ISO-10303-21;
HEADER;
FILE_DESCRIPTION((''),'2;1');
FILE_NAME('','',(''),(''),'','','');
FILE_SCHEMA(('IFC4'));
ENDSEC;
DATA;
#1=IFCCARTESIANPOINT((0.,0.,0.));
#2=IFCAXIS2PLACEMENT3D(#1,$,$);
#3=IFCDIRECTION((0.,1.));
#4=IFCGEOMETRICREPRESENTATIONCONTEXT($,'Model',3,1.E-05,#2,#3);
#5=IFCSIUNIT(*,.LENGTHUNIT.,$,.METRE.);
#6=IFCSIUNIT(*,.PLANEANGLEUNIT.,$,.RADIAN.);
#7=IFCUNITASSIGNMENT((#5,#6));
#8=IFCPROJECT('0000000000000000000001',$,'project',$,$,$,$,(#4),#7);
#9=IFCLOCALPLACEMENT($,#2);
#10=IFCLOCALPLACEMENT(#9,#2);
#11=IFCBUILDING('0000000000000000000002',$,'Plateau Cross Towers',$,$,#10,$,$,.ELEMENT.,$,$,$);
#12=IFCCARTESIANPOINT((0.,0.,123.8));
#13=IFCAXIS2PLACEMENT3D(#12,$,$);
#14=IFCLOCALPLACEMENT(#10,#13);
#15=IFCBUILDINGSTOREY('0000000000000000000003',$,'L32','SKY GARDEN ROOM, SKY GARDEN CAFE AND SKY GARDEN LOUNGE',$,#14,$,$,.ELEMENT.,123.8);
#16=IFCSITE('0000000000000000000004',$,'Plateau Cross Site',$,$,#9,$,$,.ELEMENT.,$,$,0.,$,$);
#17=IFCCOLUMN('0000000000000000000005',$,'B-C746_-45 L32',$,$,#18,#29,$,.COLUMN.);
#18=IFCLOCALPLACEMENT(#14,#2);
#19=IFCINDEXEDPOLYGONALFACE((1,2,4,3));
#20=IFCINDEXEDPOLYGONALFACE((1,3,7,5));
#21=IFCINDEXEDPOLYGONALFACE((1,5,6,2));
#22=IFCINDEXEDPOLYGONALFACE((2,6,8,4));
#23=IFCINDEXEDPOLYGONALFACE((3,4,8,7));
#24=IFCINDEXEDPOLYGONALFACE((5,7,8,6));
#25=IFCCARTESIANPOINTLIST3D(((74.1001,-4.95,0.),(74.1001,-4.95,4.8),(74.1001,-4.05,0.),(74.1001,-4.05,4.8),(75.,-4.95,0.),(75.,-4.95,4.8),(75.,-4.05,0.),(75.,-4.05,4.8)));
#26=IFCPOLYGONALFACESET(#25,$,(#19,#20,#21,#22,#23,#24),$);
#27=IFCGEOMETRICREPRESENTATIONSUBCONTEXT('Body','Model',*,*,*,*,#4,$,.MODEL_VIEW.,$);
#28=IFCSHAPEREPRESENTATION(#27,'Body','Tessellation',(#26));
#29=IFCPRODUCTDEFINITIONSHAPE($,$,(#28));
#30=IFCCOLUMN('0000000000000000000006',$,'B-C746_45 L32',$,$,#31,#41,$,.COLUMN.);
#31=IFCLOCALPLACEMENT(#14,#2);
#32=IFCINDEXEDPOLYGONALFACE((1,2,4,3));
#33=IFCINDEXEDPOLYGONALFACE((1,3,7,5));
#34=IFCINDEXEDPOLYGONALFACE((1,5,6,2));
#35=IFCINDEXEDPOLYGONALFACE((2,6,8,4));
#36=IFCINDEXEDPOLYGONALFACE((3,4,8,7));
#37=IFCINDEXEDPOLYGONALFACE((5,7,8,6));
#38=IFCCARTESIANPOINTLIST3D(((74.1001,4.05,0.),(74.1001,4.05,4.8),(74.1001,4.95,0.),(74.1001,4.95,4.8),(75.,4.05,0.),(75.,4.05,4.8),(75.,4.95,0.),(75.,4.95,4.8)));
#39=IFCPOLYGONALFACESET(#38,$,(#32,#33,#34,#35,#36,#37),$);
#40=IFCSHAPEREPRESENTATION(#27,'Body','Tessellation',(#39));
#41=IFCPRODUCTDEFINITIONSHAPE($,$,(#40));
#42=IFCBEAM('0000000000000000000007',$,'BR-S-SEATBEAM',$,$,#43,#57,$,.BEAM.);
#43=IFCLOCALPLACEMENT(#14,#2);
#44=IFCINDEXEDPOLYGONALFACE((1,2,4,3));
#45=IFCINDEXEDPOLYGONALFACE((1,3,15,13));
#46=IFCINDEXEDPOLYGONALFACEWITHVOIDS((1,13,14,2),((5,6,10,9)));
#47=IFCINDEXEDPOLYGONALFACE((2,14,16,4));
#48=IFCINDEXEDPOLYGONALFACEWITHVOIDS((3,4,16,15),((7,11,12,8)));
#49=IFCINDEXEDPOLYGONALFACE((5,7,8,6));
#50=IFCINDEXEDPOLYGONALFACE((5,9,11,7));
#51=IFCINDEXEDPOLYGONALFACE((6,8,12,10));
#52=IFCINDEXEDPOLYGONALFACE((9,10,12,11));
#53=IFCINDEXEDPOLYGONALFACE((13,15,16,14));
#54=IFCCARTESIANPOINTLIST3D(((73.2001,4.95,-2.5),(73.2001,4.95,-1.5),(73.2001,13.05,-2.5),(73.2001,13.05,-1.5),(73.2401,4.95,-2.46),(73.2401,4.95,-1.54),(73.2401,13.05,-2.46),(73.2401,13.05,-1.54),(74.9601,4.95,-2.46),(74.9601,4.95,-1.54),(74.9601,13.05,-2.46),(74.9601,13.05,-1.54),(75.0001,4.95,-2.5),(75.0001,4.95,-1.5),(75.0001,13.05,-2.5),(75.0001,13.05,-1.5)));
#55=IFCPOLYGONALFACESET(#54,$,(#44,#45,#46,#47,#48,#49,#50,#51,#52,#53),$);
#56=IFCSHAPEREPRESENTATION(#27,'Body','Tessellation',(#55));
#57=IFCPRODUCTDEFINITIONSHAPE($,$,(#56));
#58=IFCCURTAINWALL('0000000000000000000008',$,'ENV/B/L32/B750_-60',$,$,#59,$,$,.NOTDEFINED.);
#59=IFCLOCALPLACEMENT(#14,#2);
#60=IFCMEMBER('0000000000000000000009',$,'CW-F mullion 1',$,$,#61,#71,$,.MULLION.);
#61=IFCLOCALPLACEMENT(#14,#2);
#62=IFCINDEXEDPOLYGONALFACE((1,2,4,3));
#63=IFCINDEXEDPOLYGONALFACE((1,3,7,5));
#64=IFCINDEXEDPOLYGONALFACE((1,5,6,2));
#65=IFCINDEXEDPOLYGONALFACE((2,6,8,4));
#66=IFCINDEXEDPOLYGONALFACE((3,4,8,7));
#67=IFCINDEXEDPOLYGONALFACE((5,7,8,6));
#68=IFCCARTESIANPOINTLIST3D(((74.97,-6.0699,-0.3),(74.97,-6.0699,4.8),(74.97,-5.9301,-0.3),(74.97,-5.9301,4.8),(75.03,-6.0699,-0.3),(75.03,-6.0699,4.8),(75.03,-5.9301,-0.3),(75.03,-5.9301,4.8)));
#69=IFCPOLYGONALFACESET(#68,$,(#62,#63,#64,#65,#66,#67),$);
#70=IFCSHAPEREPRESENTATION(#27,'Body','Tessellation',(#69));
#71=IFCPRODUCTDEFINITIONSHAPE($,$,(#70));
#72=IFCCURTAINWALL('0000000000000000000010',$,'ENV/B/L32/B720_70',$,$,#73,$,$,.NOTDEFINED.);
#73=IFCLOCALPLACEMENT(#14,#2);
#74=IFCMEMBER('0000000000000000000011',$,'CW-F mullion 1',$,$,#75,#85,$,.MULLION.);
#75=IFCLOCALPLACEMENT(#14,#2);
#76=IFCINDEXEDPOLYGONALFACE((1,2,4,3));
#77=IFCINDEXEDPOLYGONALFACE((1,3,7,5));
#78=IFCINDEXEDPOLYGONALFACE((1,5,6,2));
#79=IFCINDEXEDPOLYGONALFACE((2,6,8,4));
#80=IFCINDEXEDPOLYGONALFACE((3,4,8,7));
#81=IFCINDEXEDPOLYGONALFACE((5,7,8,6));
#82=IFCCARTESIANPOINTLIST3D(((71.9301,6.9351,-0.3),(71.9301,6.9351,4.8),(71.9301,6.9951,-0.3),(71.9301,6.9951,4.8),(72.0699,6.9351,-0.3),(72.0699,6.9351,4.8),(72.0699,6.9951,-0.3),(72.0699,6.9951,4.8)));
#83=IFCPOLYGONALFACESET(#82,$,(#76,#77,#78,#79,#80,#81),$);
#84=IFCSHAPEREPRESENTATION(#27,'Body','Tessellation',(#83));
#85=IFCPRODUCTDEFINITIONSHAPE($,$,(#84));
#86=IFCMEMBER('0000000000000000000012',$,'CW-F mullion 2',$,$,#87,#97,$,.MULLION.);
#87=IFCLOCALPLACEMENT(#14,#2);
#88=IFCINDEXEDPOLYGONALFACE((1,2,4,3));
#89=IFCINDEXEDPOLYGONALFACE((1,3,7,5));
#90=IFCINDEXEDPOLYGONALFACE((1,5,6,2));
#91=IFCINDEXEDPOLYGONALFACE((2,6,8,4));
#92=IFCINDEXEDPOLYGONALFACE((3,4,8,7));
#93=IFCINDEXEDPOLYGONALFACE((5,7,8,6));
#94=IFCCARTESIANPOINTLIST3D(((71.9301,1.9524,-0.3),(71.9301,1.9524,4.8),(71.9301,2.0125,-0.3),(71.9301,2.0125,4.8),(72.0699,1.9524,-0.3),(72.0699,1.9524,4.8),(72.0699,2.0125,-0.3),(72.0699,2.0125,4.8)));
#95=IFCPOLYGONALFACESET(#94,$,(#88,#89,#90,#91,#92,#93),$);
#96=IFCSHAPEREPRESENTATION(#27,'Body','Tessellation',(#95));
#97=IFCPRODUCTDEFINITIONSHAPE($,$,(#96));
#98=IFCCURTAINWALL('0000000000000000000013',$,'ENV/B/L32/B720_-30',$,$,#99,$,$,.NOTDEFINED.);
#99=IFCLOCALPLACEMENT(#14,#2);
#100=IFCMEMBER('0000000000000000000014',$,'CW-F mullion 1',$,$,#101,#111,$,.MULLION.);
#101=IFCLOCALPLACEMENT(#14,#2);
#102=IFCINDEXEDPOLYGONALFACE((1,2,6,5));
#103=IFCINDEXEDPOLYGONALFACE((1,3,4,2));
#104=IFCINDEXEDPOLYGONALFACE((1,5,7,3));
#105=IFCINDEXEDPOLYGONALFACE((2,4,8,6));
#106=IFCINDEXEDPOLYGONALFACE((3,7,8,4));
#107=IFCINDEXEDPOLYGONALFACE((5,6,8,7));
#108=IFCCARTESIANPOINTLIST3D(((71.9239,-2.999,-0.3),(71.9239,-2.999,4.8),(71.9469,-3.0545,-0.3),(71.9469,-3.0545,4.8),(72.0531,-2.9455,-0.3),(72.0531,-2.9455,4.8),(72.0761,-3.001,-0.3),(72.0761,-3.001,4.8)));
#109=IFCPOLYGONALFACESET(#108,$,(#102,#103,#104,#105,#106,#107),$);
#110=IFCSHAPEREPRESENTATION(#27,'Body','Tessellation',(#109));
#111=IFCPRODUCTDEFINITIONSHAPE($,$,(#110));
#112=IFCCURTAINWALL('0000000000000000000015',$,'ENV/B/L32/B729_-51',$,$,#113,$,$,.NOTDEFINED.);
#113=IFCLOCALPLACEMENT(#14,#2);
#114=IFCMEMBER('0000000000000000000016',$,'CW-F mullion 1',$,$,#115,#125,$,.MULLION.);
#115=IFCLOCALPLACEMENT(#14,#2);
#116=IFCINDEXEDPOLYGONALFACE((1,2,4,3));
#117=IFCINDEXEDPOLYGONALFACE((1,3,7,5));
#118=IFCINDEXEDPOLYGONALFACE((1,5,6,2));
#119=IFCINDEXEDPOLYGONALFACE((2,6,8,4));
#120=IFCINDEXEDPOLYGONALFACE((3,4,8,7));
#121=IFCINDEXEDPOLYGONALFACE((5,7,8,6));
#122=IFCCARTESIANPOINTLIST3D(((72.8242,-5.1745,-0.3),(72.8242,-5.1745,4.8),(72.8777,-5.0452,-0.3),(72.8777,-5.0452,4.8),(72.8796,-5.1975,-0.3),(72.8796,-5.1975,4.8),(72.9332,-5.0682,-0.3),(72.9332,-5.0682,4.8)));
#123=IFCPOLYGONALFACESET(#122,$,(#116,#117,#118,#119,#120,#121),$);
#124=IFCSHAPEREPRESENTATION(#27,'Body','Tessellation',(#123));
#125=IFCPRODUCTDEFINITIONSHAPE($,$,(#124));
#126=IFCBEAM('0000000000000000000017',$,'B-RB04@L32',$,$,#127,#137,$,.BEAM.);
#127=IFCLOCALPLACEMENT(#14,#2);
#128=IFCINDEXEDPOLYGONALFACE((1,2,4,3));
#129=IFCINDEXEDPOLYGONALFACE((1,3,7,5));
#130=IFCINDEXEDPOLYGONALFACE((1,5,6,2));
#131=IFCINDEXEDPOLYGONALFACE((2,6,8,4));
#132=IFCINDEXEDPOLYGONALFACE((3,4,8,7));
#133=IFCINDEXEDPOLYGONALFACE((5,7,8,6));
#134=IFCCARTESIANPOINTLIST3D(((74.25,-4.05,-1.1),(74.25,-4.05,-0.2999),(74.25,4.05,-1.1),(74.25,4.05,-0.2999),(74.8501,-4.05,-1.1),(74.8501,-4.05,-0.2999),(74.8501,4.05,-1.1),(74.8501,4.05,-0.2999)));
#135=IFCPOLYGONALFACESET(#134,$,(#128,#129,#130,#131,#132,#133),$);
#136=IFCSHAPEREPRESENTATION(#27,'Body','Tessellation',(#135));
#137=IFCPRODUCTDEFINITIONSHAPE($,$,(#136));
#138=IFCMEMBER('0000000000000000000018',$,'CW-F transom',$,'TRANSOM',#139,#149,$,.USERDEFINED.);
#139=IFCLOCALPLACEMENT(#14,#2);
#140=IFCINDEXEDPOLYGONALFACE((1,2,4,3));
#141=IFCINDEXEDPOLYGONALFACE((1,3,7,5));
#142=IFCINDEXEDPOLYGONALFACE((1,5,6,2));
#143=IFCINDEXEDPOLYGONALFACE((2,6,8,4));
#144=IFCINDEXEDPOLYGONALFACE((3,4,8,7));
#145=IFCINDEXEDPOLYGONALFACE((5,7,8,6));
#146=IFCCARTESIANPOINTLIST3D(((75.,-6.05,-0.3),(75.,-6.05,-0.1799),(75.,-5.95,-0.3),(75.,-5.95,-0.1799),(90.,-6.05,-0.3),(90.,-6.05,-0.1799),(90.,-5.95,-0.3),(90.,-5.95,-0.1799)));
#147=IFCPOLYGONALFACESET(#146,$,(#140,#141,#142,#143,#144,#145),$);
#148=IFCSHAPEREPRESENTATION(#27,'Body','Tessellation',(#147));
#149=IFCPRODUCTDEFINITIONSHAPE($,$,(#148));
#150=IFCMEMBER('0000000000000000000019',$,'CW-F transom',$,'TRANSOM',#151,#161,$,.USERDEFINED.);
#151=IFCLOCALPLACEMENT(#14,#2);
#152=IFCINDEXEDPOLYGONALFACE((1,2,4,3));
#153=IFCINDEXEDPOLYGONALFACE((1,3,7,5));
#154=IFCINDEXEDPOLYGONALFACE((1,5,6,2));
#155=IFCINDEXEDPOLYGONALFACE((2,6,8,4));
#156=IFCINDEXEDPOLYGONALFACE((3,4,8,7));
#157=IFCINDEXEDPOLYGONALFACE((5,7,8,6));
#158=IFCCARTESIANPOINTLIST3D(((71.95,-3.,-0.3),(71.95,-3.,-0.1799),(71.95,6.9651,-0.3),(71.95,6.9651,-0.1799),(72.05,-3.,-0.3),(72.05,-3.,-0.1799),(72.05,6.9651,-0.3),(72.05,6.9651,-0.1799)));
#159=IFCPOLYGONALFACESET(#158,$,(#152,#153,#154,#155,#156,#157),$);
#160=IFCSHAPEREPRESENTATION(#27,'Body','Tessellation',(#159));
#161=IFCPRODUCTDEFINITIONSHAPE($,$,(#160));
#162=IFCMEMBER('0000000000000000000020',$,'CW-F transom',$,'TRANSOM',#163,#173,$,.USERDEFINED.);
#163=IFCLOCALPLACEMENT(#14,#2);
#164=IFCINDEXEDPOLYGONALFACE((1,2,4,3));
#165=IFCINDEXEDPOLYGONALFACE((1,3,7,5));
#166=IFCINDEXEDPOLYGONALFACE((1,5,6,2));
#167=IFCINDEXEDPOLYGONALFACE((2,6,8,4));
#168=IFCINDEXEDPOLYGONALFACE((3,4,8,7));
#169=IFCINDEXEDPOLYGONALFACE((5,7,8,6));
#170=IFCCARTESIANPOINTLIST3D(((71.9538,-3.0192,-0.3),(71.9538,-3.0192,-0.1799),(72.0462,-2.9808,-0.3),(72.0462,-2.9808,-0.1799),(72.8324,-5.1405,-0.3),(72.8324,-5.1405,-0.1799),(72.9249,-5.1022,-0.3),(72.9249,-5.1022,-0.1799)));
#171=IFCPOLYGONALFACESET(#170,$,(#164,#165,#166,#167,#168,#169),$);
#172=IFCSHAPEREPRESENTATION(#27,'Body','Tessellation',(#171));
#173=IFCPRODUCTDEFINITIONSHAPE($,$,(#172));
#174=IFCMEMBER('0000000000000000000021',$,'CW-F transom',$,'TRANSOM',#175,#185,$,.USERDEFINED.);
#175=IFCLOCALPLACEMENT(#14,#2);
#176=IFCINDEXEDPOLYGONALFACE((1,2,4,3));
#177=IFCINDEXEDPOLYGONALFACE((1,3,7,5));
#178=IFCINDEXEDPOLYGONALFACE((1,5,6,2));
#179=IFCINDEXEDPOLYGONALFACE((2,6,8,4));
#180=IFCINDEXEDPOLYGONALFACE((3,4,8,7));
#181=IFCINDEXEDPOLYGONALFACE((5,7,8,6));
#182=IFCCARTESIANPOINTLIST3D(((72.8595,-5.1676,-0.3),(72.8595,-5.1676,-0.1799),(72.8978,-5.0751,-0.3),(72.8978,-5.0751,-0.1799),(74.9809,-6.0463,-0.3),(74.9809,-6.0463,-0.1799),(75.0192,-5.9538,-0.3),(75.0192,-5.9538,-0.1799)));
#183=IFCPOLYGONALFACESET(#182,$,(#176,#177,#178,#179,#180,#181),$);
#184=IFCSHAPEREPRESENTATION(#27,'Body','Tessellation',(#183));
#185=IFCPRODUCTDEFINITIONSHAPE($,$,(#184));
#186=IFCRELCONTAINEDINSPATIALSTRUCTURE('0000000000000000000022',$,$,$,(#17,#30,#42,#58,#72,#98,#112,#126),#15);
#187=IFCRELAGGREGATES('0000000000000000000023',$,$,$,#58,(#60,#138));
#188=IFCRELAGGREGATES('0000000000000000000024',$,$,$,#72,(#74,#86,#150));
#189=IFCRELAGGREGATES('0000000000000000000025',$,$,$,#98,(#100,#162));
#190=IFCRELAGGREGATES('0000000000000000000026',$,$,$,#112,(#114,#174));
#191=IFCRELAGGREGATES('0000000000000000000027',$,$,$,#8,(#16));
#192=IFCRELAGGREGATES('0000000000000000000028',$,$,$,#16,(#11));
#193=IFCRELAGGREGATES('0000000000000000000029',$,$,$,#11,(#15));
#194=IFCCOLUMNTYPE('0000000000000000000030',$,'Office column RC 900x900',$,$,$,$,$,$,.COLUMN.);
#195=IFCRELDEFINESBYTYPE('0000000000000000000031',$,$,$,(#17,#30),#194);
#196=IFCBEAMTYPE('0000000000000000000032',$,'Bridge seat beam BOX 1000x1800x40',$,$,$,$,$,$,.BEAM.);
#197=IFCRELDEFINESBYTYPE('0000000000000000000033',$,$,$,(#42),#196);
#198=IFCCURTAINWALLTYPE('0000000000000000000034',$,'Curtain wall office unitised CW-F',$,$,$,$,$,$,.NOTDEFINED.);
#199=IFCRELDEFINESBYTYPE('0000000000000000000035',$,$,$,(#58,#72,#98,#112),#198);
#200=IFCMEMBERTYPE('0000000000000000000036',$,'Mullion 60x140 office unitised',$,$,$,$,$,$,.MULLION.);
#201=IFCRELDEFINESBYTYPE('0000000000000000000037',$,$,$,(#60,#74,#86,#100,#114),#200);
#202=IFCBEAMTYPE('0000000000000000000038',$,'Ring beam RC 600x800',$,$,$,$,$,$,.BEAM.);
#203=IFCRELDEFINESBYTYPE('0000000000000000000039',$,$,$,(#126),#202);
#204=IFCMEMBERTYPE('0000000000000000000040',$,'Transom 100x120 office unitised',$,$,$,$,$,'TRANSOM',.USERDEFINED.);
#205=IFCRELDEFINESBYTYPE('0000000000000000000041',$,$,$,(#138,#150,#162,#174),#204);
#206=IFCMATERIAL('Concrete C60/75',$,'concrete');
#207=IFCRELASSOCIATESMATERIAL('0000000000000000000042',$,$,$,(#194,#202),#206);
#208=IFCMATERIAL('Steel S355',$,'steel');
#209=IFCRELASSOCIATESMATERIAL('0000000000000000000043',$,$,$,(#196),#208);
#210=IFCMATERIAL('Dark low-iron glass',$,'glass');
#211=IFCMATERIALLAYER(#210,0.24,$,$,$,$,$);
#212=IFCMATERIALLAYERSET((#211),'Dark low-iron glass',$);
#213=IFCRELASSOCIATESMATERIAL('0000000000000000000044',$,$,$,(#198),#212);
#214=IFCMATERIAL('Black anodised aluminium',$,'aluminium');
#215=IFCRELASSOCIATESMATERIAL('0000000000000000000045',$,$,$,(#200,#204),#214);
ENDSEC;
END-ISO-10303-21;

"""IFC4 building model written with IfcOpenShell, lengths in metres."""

from ifc_helpers import new_model, si_unit, direction, frame, origin, origin_2d, place, context, subcontext, project, spatial, rectangle, hollow_rectangle, extrude, material, layer, layer_set, material_profile, profile_set, type_object, element, aggregate, save


model = new_model("IFC4")

# Units and contexts
model_context = context("Model", 3, precision=1e-05, world=origin(), true_north=direction((0.0, 1.0)))
body_context = subcontext(model_context, "Body", "Model", "MODEL_VIEW")
ifc_project = project(units=[si_unit("LENGTHUNIT", "METRE"), si_unit("PLANEANGLEUNIT", "RADIAN")], contexts=[model_context])

# Site, building, storey
site_placement = place(None, origin())
site = spatial("IfcSite", under=ifc_project, at=site_placement, Name="Plateau Cross Site", CompositionType="ELEMENT", RefElevation=0.0)
building_placement = place(site_placement, origin())
building = spatial("IfcBuilding", under=site, at=building_placement, Name="Plateau Cross Towers", CompositionType="ELEMENT")
storey_placement = place(building_placement, frame((0.0, 0.0, 123.8)))
storey = spatial("IfcBuildingStorey", under=building, at=storey_placement, Name="L32", Description="SKY GARDEN ROOM, SKY GARDEN CAFE AND SKY GARDEN LOUNGE", CompositionType="ELEMENT", Elevation=123.8)

# Columns
ifc_material_1 = material(Name="Concrete C60/75", Category="concrete")
ifc_material_profile_1 = material_profile(ifc_material_1, rectangle(XDim=0.8999, YDim=0.8999, at=origin_2d()), Name="RC 900x900")
ifc_profile_set_1 = profile_set([ifc_material_profile_1], Name="Concrete C60/75")
column_type = type_object("IfcColumnType", Name="Office column RC 900x900", PredefinedType="COLUMN", material=ifc_profile_set_1)
for number, where, z_axis, x_axis, name in (
    (1, (74.55, -4.5, 0.0), (0.0, 0.0, 1.0), (1.0, 0.0, 0.0), "B-C746_-45 L32"),
    (2, (74.55, 4.5, 0.0), (0.0, 0.0, 1.0), (1.0, 0.0, 0.0), "B-C746_45 L32"),
):
    element("IfcColumn", number, at=place(storey_placement, frame(where, z_axis=z_axis, x_axis=x_axis)), inside=storey, type_object=column_type, Name=name, PredefinedType="COLUMN", context=body_context, shape_type="SweptSolid", body=[
        extrude(rectangle(XDim=0.8999, YDim=0.8999, at=origin_2d()), origin(), (0.0, 0.0, 1.0), 4.8),
    ])

# Beam
ifc_material_2 = material(Name="Steel S355", Category="steel")
ifc_material_profile_2 = material_profile(ifc_material_2, hollow_rectangle(XDim=1.8, YDim=1.0, WallThickness=0.04, at=origin_2d()), Name="BOX 1000x1800x40")
ifc_profile_set_2 = profile_set([ifc_material_profile_2], Name="Steel S355")
beam_type_1 = type_object("IfcBeamType", Name="Bridge seat beam BOX 1000x1800x40", PredefinedType="BEAM", material=ifc_profile_set_2)
beam_1_placement = place(storey_placement, frame((74.1001, 4.95, -2.0), z_axis=(0.0, 1.0, 0.0), x_axis=(-1.0, 0.0, 0.0)))
element("IfcBeam", 3, at=beam_1_placement, inside=storey, type_object=beam_type_1, Name="BR-S-SEATBEAM", PredefinedType="BEAM", context=body_context, shape_type="SweptSolid", body=[
    extrude(hollow_rectangle(XDim=1.8, YDim=1.0, WallThickness=0.04, at=origin_2d()), origin(), (0.0, 0.0, 1.0), 8.1001),
])

# Curtain wall, member
ifc_material_3 = material(Name="Dark low-iron glass", Category="glass")
ifc_layer_1 = layer(ifc_material_3, 0.24)
ifc_layer_set_1 = layer_set([ifc_layer_1], Name="Dark low-iron glass")
curtain_wall_type = type_object("IfcCurtainWallType", Name="Curtain wall office unitised CW-F", PredefinedType="NOTDEFINED", material=ifc_layer_set_1)
curtain_wall_1_placement = place(storey_placement, origin())
curtain_wall_1 = element("IfcCurtainWall", 4, at=curtain_wall_1_placement, inside=storey, type_object=curtain_wall_type, Name="ENV/B/L32/B750_-60", PredefinedType="NOTDEFINED")
ifc_material_4 = material(Name="Black anodised aluminium", Category="aluminium")
ifc_material_profile_3 = material_profile(ifc_material_4, rectangle(XDim=0.0601, YDim=0.1399, at=origin_2d()), Name="MULLION 60x140")
ifc_profile_set_3 = profile_set([ifc_material_profile_3], Name="Black anodised aluminium")
member_type_1 = type_object("IfcMemberType", Name="Mullion 60x140 office unitised", PredefinedType="MULLION", material=ifc_profile_set_3)
member_1_placement = place(storey_placement, frame((75.0, -6.0, -0.3), z_axis=(0.0, 0.0, 1.0), x_axis=(1.0, 0.0, 0.0)))
member_1 = element("IfcMember", 5, at=member_1_placement, type_object=member_type_1, Name="CW-F mullion 1", PredefinedType="MULLION", context=body_context, shape_type="SweptSolid", body=[
    extrude(rectangle(XDim=0.0601, YDim=0.1399, at=origin_2d()), origin(), (0.0, 0.0, 1.0), 5.1001),
])

# Curtain wall, members
curtain_wall_2_placement = place(storey_placement, origin())
curtain_wall_2 = element("IfcCurtainWall", 6, at=curtain_wall_2_placement, inside=storey, type_object=curtain_wall_type, Name="ENV/B/L32/B720_70", PredefinedType="NOTDEFINED")
member_2_placement = place(storey_placement, frame((72.0, 6.9651, -0.3), z_axis=(0.0, 0.0, 1.0), x_axis=(0.0, -1.0, 0.0)))
member_2 = element("IfcMember", 7, at=member_2_placement, type_object=member_type_1, Name="CW-F mullion 1", PredefinedType="MULLION", context=body_context, shape_type="SweptSolid", body=[
    extrude(rectangle(XDim=0.0601, YDim=0.1399, at=origin_2d()), origin(), (0.0, 0.0, 1.0), 5.1001),
])
member_3_placement = place(storey_placement, frame((72.0, 1.9824, -0.3), z_axis=(0.0, 0.0, 1.0), x_axis=(0.0, -1.0, 0.0)))
member_3 = element("IfcMember", 8, at=member_3_placement, type_object=member_type_1, Name="CW-F mullion 2", PredefinedType="MULLION", context=body_context, shape_type="SweptSolid", body=[
    extrude(rectangle(XDim=0.0601, YDim=0.1399, at=origin_2d()), origin(), (0.0, 0.0, 1.0), 5.1001),
])

# Curtain walls, members
curtain_wall_3_placement = place(storey_placement, origin())
curtain_wall_3 = element("IfcCurtainWall", 9, at=curtain_wall_3_placement, inside=storey, type_object=curtain_wall_type, Name="ENV/B/L32/B720_-30", PredefinedType="NOTDEFINED")
member_4_placement = place(storey_placement, frame((72.0, -3.0, -0.3), z_axis=(0.0, 0.0, 1.0), x_axis=(0.382684, -0.923879, 0.0)))
member_4 = element("IfcMember", 10, at=member_4_placement, type_object=member_type_1, Name="CW-F mullion 1", PredefinedType="MULLION", context=body_context, shape_type="SweptSolid", body=[
    extrude(rectangle(XDim=0.0601, YDim=0.1399, at=origin_2d()), origin(), (0.0, 0.0, 1.0), 5.1001),
])
curtain_wall_4_placement = place(storey_placement, origin())
curtain_wall_4 = element("IfcCurtainWall", 11, at=curtain_wall_4_placement, inside=storey, type_object=curtain_wall_type, Name="ENV/B/L32/B729_-51", PredefinedType="NOTDEFINED")
member_5_placement = place(storey_placement, frame((72.8787, -5.1213, -0.3), z_axis=(0.0, 0.0, 1.0), x_axis=(0.923879, -0.382684, 0.0)))
member_5 = element("IfcMember", 12, at=member_5_placement, type_object=member_type_1, Name="CW-F mullion 1", PredefinedType="MULLION", context=body_context, shape_type="SweptSolid", body=[
    extrude(rectangle(XDim=0.0601, YDim=0.1399, at=origin_2d()), origin(), (0.0, 0.0, 1.0), 5.1001),
])

# Beam
ifc_material_profile_4 = material_profile(ifc_material_1, rectangle(XDim=0.6001, YDim=0.8, at=origin_2d()), Name="RC 600x800")
ifc_profile_set_4 = profile_set([ifc_material_profile_4], Name="Concrete C60/75")
beam_type_2 = type_object("IfcBeamType", Name="Ring beam RC 600x800", PredefinedType="BEAM", material=ifc_profile_set_4)
beam_2_placement = place(storey_placement, frame((74.55, 4.05, -0.7), z_axis=(0.0, -1.0, 0.0), x_axis=(1.0, 0.0, 0.0)))
element("IfcBeam", 13, at=beam_2_placement, inside=storey, type_object=beam_type_2, Name="B-RB04@L32", PredefinedType="BEAM", context=body_context, shape_type="SweptSolid", body=[
    extrude(rectangle(XDim=0.6001, YDim=0.8, at=origin_2d()), origin(), (0.0, 0.0, 1.0), 8.1001),
])

# Members
ifc_material_profile_5 = material_profile(ifc_material_4, rectangle(XDim=0.1001, YDim=0.1201, at=origin_2d()), Name="TRANSOM 100x120")
ifc_profile_set_5 = profile_set([ifc_material_profile_5], Name="Black anodised aluminium")
member_type_2 = type_object("IfcMemberType", Name="Transom 100x120 office unitised", ElementType="TRANSOM", PredefinedType="USERDEFINED", material=ifc_profile_set_5)
member_6_placement = place(storey_placement, frame((75.0, -6.0, -0.24), z_axis=(1.0, 0.0, 0.0), x_axis=(0.0, 1.0, 0.0)))
member_6 = element("IfcMember", 14, at=member_6_placement, type_object=member_type_2, Name="CW-F transom", ObjectType="TRANSOM", PredefinedType="USERDEFINED", context=body_context, shape_type="SweptSolid", body=[
    extrude(rectangle(XDim=0.1001, YDim=0.1201, at=origin_2d()), origin(), (0.0, 0.0, 1.0), 15.0),
])
aggregate(curtain_wall_1, [member_1, member_6])
member_7_placement = place(storey_placement, frame((72.0, 6.9651, -0.24), z_axis=(0.0, -1.0, 0.0), x_axis=(1.0, 0.0, 0.0)))
member_7 = element("IfcMember", 15, at=member_7_placement, type_object=member_type_2, Name="CW-F transom", ObjectType="TRANSOM", PredefinedType="USERDEFINED", context=body_context, shape_type="SweptSolid", body=[
    extrude(rectangle(XDim=0.1001, YDim=0.1201, at=origin_2d()), origin(), (0.0, 0.0, 1.0), 9.9651),
])
member_8_placement = place(storey_placement, frame((72.0, -3.0, -0.24), z_axis=(0.382674, -0.923883, 0.0), x_axis=(0.923883, 0.382674, 0.0)))
member_8 = element("IfcMember", 16, at=member_8_placement, type_object=member_type_2, Name="CW-F transom", ObjectType="TRANSOM", PredefinedType="USERDEFINED", context=body_context, shape_type="SweptSolid", body=[
    extrude(rectangle(XDim=0.1001, YDim=0.1201, at=origin_2d()), origin(), (0.0, 0.0, 1.0), 2.2961),
])
member_9_placement = place(storey_placement, frame((72.8787, -5.1213, -0.24), z_axis=(0.923883, -0.382674, 0.0), x_axis=(0.382674, 0.923883, 0.0)))
member_9 = element("IfcMember", 17, at=member_9_placement, type_object=member_type_2, Name="CW-F transom", ObjectType="TRANSOM", PredefinedType="USERDEFINED", context=body_context, shape_type="SweptSolid", body=[
    extrude(rectangle(XDim=0.1001, YDim=0.1201, at=origin_2d()), origin(), (0.0, 0.0, 1.0), 2.2961),
])

aggregate(curtain_wall_2, [member_2, member_3, member_7])
aggregate(curtain_wall_3, [member_4, member_8])
aggregate(curtain_wall_4, [member_5, member_9])

save(model, "model.ifc")
